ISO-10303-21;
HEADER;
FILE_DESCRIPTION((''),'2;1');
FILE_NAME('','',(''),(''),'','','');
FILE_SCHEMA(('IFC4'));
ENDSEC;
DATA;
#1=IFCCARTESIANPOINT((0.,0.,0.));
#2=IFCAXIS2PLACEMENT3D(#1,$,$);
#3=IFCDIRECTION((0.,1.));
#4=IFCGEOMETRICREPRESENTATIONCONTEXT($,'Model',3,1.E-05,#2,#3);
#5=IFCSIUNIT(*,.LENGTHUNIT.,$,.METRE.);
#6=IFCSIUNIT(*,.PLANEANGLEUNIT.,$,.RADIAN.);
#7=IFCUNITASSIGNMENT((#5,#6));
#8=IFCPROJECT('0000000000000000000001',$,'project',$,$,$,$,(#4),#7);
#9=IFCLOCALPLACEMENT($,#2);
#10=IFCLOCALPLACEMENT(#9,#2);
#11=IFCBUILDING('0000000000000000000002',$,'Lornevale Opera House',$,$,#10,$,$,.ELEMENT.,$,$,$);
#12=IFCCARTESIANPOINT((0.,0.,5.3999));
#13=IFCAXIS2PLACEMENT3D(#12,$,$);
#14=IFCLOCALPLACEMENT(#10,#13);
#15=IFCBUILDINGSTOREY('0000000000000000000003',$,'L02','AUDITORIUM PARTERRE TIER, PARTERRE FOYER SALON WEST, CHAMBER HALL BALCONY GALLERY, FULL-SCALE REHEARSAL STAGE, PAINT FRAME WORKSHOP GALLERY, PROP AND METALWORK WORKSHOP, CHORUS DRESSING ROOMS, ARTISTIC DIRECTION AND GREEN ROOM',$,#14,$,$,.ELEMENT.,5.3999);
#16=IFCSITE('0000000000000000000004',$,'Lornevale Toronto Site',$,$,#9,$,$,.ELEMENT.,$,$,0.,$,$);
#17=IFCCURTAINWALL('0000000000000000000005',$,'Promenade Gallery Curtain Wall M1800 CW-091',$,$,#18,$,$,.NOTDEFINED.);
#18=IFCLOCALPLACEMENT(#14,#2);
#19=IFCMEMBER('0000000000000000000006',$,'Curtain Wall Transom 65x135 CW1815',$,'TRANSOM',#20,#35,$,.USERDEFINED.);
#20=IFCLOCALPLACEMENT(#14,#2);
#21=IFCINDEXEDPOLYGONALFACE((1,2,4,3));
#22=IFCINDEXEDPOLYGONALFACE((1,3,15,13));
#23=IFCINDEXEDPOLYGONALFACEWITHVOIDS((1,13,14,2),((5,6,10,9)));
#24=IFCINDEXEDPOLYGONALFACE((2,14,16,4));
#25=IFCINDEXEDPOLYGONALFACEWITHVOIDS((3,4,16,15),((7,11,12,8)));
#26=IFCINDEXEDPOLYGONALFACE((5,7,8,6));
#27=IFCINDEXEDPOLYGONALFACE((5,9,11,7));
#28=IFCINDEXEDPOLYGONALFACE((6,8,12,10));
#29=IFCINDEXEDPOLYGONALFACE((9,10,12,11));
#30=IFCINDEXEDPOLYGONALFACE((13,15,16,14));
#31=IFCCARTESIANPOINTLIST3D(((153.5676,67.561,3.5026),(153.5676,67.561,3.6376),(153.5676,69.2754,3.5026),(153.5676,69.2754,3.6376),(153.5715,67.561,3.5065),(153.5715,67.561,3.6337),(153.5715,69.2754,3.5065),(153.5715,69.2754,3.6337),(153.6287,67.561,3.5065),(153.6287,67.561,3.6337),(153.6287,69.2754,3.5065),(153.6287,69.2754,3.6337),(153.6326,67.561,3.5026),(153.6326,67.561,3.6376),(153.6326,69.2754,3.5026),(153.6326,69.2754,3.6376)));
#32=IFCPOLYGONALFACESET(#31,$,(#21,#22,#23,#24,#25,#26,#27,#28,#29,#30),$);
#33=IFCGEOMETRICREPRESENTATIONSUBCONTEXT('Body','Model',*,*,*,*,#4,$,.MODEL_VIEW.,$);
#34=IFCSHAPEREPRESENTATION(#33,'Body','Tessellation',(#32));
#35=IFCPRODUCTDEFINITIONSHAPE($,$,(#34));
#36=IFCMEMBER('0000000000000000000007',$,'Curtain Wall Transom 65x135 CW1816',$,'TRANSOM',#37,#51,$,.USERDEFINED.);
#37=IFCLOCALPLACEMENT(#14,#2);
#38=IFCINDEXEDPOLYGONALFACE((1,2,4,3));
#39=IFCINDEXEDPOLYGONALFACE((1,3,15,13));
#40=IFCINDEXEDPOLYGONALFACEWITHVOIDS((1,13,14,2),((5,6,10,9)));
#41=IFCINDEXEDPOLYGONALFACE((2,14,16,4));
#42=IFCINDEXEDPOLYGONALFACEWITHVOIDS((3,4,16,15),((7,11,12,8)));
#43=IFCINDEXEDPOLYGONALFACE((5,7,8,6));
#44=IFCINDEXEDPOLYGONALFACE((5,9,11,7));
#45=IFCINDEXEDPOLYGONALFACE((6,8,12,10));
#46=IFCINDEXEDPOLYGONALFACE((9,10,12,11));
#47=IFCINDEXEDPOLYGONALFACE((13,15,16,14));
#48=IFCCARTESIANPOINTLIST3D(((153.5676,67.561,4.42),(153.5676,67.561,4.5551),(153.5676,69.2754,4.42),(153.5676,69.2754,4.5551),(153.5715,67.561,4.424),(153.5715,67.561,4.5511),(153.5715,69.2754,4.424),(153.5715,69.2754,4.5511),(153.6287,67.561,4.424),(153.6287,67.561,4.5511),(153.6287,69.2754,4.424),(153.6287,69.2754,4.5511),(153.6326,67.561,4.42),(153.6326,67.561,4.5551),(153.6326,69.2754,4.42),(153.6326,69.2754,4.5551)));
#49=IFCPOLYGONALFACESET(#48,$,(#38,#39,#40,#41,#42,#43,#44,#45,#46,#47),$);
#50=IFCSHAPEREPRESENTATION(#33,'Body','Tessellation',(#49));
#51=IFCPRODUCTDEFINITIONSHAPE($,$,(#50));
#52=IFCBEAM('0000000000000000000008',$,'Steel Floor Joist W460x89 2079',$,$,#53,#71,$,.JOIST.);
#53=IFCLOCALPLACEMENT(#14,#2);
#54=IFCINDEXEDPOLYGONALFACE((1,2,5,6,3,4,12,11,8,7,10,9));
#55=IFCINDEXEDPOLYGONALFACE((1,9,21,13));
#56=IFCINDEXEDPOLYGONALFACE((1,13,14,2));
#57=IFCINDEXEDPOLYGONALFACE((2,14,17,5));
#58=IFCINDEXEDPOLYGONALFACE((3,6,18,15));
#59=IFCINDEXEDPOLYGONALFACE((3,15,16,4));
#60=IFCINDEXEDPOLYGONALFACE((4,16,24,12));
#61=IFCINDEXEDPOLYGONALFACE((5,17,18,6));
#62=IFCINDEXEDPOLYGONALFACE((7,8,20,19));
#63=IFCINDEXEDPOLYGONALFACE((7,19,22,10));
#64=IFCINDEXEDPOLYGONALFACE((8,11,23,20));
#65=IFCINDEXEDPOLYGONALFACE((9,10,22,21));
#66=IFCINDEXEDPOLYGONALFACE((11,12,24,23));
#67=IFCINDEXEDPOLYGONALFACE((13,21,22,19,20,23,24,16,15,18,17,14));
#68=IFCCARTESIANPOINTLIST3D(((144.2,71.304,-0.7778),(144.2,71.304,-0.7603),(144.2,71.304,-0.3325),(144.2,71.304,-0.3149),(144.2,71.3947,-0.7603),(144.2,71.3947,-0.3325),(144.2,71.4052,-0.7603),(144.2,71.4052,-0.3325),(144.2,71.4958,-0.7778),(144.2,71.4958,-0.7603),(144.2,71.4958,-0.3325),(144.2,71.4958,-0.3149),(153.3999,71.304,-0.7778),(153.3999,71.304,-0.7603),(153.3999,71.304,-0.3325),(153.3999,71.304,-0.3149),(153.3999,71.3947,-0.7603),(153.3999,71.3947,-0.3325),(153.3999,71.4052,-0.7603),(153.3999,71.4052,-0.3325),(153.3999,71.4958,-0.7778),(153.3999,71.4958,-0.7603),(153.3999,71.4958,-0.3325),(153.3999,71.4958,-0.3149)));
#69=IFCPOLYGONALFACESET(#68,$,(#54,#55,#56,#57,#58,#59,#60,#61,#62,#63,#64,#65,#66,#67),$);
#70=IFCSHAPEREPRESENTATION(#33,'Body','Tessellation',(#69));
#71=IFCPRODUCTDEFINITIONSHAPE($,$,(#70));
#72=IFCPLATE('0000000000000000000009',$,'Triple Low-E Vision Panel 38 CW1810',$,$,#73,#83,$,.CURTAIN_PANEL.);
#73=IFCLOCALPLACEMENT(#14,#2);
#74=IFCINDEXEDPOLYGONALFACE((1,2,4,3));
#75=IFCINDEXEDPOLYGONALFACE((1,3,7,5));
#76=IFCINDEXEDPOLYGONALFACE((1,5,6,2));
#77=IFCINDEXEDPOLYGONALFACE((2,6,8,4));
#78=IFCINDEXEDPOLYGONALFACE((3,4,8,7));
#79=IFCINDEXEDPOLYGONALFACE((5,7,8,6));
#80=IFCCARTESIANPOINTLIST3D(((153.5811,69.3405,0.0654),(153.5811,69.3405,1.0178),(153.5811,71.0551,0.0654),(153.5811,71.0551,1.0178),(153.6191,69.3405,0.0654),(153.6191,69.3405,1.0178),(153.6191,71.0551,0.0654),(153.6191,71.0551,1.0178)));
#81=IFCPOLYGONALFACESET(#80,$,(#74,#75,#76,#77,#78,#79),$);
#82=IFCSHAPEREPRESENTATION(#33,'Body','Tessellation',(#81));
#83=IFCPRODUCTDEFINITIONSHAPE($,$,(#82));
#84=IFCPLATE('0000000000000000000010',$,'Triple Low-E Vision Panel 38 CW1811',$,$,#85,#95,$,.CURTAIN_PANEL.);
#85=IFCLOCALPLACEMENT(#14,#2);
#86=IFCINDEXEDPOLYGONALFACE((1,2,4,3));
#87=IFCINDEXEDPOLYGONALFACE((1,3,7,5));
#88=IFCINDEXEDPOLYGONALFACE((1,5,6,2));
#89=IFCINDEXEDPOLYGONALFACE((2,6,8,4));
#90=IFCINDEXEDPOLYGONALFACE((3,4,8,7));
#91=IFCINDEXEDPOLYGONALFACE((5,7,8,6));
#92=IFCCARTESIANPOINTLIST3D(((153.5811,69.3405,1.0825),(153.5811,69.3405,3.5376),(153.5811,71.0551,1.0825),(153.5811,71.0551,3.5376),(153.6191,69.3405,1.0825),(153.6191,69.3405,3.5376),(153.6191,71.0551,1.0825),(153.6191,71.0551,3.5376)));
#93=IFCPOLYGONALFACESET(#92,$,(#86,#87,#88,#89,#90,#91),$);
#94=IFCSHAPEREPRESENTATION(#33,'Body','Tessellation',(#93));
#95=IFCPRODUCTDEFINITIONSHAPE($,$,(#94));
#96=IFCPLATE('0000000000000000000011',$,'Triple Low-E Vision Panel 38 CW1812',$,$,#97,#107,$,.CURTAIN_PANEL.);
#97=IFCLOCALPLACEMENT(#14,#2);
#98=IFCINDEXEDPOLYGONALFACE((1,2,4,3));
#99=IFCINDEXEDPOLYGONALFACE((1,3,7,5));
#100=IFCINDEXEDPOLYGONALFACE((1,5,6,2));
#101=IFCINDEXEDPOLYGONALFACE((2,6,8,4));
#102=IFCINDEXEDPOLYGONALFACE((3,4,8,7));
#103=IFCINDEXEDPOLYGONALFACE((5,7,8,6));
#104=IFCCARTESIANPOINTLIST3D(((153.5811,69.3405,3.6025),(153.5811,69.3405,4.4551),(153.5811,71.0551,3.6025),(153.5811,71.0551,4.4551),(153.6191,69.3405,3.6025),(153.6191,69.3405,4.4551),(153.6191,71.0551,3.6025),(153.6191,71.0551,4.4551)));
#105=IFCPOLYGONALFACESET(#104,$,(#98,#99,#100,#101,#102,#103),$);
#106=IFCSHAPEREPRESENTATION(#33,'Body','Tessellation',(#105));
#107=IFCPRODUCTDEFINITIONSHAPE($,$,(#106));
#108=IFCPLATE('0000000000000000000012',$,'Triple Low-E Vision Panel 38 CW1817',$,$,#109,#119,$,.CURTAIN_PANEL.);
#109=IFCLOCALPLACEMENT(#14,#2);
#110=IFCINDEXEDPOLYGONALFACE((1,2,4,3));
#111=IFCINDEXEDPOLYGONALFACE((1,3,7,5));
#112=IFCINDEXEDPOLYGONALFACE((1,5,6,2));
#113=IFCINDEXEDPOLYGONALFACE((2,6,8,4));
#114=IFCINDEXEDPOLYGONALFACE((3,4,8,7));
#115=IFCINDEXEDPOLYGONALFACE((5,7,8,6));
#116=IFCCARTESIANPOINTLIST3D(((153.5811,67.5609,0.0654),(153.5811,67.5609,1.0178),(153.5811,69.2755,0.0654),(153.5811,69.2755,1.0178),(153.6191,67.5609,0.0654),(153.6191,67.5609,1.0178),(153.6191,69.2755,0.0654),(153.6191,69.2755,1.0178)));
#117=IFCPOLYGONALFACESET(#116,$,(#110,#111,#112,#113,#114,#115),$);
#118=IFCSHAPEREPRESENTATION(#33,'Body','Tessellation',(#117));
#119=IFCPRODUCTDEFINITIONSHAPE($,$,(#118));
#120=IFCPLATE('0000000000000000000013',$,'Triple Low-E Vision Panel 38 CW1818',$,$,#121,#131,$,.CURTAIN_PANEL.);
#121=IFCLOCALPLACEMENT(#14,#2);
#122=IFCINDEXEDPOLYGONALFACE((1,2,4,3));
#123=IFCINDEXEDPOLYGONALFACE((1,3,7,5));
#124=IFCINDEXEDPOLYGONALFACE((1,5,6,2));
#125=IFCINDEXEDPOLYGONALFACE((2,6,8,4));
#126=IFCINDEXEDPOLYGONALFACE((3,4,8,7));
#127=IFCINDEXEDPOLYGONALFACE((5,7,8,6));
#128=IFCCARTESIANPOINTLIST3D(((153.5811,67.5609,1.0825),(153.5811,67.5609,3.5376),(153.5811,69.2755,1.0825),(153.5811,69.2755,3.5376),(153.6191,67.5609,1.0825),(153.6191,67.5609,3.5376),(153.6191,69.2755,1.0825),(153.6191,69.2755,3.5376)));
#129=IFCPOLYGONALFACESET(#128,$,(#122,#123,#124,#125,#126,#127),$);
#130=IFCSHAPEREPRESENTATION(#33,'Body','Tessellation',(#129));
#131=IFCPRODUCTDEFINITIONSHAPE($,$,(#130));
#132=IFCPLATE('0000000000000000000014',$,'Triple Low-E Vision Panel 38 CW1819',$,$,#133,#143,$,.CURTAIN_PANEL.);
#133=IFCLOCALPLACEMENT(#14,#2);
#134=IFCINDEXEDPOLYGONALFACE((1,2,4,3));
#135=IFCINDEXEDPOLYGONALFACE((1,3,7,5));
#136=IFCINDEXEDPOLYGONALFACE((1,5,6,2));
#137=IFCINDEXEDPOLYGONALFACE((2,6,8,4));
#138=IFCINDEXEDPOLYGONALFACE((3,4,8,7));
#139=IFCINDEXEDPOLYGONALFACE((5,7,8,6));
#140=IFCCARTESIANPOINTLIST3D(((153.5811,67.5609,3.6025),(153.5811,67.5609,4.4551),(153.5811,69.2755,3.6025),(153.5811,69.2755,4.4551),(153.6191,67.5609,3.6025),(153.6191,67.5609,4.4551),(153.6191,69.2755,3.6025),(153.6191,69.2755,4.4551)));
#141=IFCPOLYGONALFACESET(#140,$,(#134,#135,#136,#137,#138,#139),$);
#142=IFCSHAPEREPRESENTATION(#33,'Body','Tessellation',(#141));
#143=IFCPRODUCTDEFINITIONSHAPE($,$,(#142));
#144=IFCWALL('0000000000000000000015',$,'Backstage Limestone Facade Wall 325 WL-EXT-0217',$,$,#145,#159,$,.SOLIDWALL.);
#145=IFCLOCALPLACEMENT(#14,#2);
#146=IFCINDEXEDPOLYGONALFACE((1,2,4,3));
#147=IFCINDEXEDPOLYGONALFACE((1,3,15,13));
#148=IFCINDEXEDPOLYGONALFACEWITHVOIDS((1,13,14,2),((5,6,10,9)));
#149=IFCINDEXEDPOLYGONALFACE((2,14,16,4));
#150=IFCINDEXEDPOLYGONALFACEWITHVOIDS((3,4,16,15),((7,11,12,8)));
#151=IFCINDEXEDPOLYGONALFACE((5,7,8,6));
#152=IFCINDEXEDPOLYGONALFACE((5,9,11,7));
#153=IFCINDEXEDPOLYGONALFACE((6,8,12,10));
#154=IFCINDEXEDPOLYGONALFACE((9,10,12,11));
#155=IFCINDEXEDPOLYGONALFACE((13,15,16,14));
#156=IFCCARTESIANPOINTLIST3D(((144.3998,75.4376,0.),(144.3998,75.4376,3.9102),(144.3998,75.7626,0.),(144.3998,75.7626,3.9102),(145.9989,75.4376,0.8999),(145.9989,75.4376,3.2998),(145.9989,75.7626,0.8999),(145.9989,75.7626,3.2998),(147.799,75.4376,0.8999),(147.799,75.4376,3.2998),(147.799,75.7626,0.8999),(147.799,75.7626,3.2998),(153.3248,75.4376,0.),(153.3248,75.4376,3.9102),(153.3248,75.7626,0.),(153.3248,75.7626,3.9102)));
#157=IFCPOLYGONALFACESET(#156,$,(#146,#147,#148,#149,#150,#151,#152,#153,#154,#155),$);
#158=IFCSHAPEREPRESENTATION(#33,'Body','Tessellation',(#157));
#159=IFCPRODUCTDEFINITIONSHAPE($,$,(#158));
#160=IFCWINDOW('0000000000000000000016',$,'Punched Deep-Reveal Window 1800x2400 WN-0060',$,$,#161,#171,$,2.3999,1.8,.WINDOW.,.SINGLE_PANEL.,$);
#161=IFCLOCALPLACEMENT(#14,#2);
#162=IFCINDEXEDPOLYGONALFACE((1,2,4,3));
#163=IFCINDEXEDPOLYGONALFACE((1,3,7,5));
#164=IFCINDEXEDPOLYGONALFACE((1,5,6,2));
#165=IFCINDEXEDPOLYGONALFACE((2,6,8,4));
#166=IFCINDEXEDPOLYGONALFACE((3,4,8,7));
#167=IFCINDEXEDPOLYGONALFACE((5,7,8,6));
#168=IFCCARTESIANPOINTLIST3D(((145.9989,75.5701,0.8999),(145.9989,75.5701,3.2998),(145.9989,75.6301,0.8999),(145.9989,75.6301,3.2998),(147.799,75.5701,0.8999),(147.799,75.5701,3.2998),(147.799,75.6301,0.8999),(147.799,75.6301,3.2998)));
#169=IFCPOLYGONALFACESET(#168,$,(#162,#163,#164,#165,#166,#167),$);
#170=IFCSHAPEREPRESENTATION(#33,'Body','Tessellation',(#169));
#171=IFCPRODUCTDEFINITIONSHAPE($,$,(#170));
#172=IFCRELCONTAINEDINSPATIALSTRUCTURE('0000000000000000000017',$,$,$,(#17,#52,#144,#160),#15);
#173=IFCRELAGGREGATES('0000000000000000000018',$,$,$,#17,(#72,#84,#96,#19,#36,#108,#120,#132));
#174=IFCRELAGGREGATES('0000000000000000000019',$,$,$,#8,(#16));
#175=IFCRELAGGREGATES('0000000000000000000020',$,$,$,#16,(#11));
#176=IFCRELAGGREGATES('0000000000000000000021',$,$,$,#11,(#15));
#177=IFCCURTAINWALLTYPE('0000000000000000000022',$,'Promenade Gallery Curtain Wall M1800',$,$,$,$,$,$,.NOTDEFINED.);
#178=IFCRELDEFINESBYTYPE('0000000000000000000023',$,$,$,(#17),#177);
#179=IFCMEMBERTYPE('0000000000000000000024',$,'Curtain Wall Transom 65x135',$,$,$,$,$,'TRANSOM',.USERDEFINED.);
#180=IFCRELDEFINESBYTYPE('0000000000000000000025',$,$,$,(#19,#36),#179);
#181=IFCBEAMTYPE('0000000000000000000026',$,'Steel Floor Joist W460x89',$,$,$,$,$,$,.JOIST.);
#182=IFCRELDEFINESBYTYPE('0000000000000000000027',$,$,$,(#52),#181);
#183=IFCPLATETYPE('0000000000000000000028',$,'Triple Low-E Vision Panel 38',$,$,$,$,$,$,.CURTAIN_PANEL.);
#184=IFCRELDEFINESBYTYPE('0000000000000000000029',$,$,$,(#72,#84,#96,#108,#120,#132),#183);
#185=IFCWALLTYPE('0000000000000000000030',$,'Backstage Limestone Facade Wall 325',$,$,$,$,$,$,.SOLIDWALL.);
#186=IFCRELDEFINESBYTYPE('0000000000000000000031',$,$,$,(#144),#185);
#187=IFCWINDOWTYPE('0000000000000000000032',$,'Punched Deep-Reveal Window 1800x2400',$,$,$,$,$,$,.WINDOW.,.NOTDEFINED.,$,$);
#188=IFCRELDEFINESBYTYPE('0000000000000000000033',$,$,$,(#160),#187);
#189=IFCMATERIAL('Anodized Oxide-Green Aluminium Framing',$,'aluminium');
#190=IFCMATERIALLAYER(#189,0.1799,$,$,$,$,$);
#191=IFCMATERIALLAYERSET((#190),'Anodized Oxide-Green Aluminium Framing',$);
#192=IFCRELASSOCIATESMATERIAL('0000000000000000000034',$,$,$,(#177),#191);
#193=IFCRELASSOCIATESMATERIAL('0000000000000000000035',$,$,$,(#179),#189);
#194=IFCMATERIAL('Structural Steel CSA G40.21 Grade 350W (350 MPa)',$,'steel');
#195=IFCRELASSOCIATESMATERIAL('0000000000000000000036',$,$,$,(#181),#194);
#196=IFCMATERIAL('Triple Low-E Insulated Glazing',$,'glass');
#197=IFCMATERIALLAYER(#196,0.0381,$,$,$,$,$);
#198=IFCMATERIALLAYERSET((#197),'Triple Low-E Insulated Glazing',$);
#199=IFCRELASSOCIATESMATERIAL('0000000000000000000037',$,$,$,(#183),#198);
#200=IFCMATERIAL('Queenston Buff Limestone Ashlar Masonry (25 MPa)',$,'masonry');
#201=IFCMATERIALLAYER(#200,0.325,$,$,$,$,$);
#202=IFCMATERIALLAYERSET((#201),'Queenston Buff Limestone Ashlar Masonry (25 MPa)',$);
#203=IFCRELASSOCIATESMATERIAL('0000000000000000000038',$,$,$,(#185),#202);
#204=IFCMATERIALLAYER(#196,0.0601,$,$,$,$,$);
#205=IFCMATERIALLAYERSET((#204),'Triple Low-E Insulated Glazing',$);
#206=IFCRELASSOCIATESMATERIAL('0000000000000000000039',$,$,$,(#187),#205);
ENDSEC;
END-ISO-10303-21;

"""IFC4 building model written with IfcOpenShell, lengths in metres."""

from ifc_helpers import new_model, si_unit, direction, frame, frame_2d, origin, origin_2d, place, context, subcontext, project, spatial, rectangle, hollow_rectangle, i_section, extrude, material, layer, layer_set, material_profile, profile_set, type_object, element, fill, aggregate, save


model = new_model("IFC4")

# Units and contexts
model_context = context("Model", 3, precision=1e-05, world=origin(), true_north=direction((0.0, 1.0)))
body_context = subcontext(model_context, "Body", "Model", "MODEL_VIEW")
ifc_project = project(units=[si_unit("LENGTHUNIT", "METRE"), si_unit("PLANEANGLEUNIT", "RADIAN")], contexts=[model_context])

# Site, building, storey
site_placement = place(None, origin())
site = spatial("IfcSite", under=ifc_project, at=site_placement, Name="Lornevale Toronto Site", CompositionType="ELEMENT", RefElevation=0.0)
building_placement = place(site_placement, origin())
building = spatial("IfcBuilding", under=site, at=building_placement, Name="Lornevale Opera House", CompositionType="ELEMENT")
storey_placement = place(building_placement, frame((0.0, 0.0, 5.3999)))
storey = spatial("IfcBuildingStorey", under=building, at=storey_placement, Name="L02", Description="AUDITORIUM PARTERRE TIER, PARTERRE FOYER SALON WEST, CHAMBER HALL BALCONY GALLERY, FULL-SCALE REHEARSAL STAGE, PAINT FRAME WORKSHOP GALLERY, PROP AND METALWORK WORKSHOP, CHORUS DRESSING ROOMS, ARTISTIC DIRECTION AND GREEN ROOM", CompositionType="ELEMENT", Elevation=5.3999)

# Curtain wall, members
ifc_material_1 = material(Name="Anodized Oxide-Green Aluminium Framing", Category="aluminium")
ifc_layer_1 = layer(ifc_material_1, 0.1799)
ifc_layer_set_1 = layer_set([ifc_layer_1], Name="Anodized Oxide-Green Aluminium Framing")
curtain_wall_type = type_object("IfcCurtainWallType", Name="Promenade Gallery Curtain Wall M1800", PredefinedType="NOTDEFINED", material=ifc_layer_set_1)
curtain_wall_placement = place(storey_placement, origin())
curtain_wall = element("IfcCurtainWall", 1, at=curtain_wall_placement, inside=storey, type_object=curtain_wall_type, Name="Promenade Gallery Curtain Wall M1800 CW-091", PredefinedType="NOTDEFINED")
ifc_material_profile_1 = material_profile(ifc_material_1, hollow_rectangle(XDim=0.0649, YDim=0.135, WallThickness=0.0039, at=origin_2d()), Name="ALU65x135x4")
ifc_profile_set_1 = profile_set([ifc_material_profile_1], Name="Anodized Oxide-Green Aluminium Framing")
member_type_1 = type_object("IfcMemberType", Name="Curtain Wall Transom 65x135", ElementType="TRANSOM", PredefinedType="USERDEFINED", material=ifc_profile_set_1)
member_1_placement = place(storey_placement, frame((153.6001, 69.2754, 3.5701), z_axis=(0.0, -1.0, 0.0), x_axis=(1.0, 0.0, 0.0)))
member_1 = element("IfcMember", 2, at=member_1_placement, type_object=member_type_1, Name="Curtain Wall Transom 65x135 CW1815", ObjectType="TRANSOM", PredefinedType="USERDEFINED", context=body_context, shape_type="SweptSolid", body=[
    extrude(hollow_rectangle(XDim=0.0649, YDim=0.135, WallThickness=0.0039, at=origin_2d()), origin(), (0.0, 0.0, 1.0), 1.7144),
])
member_2_placement = place(storey_placement, frame((153.6001, 69.2754, 4.4875), z_axis=(0.0, -1.0, 0.0), x_axis=(1.0, 0.0, 0.0)))
member_2 = element("IfcMember", 3, at=member_2_placement, type_object=member_type_1, Name="Curtain Wall Transom 65x135 CW1816", ObjectType="TRANSOM", PredefinedType="USERDEFINED", context=body_context, shape_type="SweptSolid", body=[
    extrude(hollow_rectangle(XDim=0.0649, YDim=0.135, WallThickness=0.0039, at=origin_2d()), origin(), (0.0, 0.0, 1.0), 1.7144),
])

# Beam
ifc_material_2 = material(Name="Structural Steel CSA G40.21 Grade 350W (350 MPa)", Category="steel")
ifc_material_profile_2 = material_profile(ifc_material_2, i_section(OverallWidth=0.1919, OverallDepth=0.4629, WebThickness=0.0105, FlangeThickness=0.0176, at=origin_2d()), Name="W460x89")
ifc_profile_set_2 = profile_set([ifc_material_profile_2], Name="Structural Steel CSA G40.21 Grade 350W (350 MPa)")
beam_type_1 = type_object("IfcBeamType", Name="Steel Floor Joist W460x89", PredefinedType="JOIST", material=ifc_profile_set_2)
beam_1_placement = place(storey_placement, frame((144.2, 71.3999, -0.5464), z_axis=(1.0, 0.0, 0.0), x_axis=(0.0, 1.0, 0.0)))
element("IfcBeam", 4, at=beam_1_placement, inside=storey, type_object=beam_type_1, Name="Steel Floor Joist W460x89 2079", PredefinedType="JOIST", context=body_context, shape_type="SweptSolid", body=[
    extrude(i_section(OverallWidth=0.1919, OverallDepth=0.4629, WebThickness=0.0105, FlangeThickness=0.0176, at=origin_2d()), origin(), (0.0, 0.0, 1.0), 9.2),
])

# Plates
ifc_material_3 = material(Name="Triple Low-E Insulated Glazing", Category="glass")
ifc_layer_2 = layer(ifc_material_3, 0.0381)
ifc_layer_set_2 = layer_set([ifc_layer_2], Name="Triple Low-E Insulated Glazing")
plate_type = type_object("IfcPlateType", Name="Triple Low-E Vision Panel 38", PredefinedType="CURTAIN_PANEL", material=ifc_layer_set_2)
plate_1_placement = place(storey_placement, frame((153.6001, 70.1978, 0.0654), z_axis=(0.0, 0.0, 1.0), x_axis=(0.0, -1.0, 0.0)))
plate_1 = element("IfcPlate", 5, at=plate_1_placement, type_object=plate_type, Name="Triple Low-E Vision Panel 38 CW1810", PredefinedType="CURTAIN_PANEL", context=body_context, shape_type="SweptSolid", body=[
    extrude(rectangle(XDim=1.7146, YDim=0.0381, at=origin_2d()), origin(), (0.0, 0.0, 1.0), 0.9524),
])
plate_2_placement = place(storey_placement, frame((153.6001, 70.1978, 1.0825), z_axis=(0.0, 0.0, 1.0), x_axis=(0.0, -1.0, 0.0)))
plate_2 = element("IfcPlate", 6, at=plate_2_placement, type_object=plate_type, Name="Triple Low-E Vision Panel 38 CW1811", PredefinedType="CURTAIN_PANEL", context=body_context, shape_type="SweptSolid", body=[
    extrude(rectangle(XDim=1.7146, YDim=0.0381, at=origin_2d()), origin(), (0.0, 0.0, 1.0), 2.4551),
])
plate_3_placement = place(storey_placement, frame((153.6001, 70.1978, 3.6025), z_axis=(0.0, 0.0, 1.0), x_axis=(0.0, -1.0, 0.0)))
plate_3 = element("IfcPlate", 7, at=plate_3_placement, type_object=plate_type, Name="Triple Low-E Vision Panel 38 CW1812", PredefinedType="CURTAIN_PANEL", context=body_context, shape_type="SweptSolid", body=[
    extrude(rectangle(XDim=1.7146, YDim=0.0381, at=origin_2d()), origin(), (0.0, 0.0, 1.0), 0.8525),
])
plate_4_placement = place(storey_placement, frame((153.6001, 68.4182, 0.0654), z_axis=(0.0, 0.0, 1.0), x_axis=(0.0, -1.0, 0.0)))
plate_4 = element("IfcPlate", 8, at=plate_4_placement, type_object=plate_type, Name="Triple Low-E Vision Panel 38 CW1817", PredefinedType="CURTAIN_PANEL", context=body_context, shape_type="SweptSolid", body=[
    extrude(rectangle(XDim=1.7146, YDim=0.0381, at=origin_2d()), origin(), (0.0, 0.0, 1.0), 0.9524),
])
plate_5_placement = place(storey_placement, frame((153.6001, 68.4182, 1.0825), z_axis=(0.0, 0.0, 1.0), x_axis=(0.0, -1.0, 0.0)))
plate_5 = element("IfcPlate", 9, at=plate_5_placement, type_object=plate_type, Name="Triple Low-E Vision Panel 38 CW1818", PredefinedType="CURTAIN_PANEL", context=body_context, shape_type="SweptSolid", body=[
    extrude(rectangle(XDim=1.7146, YDim=0.0381, at=origin_2d()), origin(), (0.0, 0.0, 1.0), 2.4551),
])
plate_6_placement = place(storey_placement, frame((153.6001, 68.4182, 3.6025), z_axis=(0.0, 0.0, 1.0), x_axis=(0.0, -1.0, 0.0)))
plate_6 = element("IfcPlate", 10, at=plate_6_placement, type_object=plate_type, Name="Triple Low-E Vision Panel 38 CW1819", PredefinedType="CURTAIN_PANEL", context=body_context, shape_type="SweptSolid", body=[
    extrude(rectangle(XDim=1.7146, YDim=0.0381, at=origin_2d()), origin(), (0.0, 0.0, 1.0), 0.8525),
])
aggregate(curtain_wall, [plate_1, plate_2, plate_3, member_1, member_2, plate_4, plate_5, plate_6])

# Wall, opening, window
ifc_material_4 = material(Name="Queenston Buff Limestone Ashlar Masonry (25 MPa)", Category="masonry")
ifc_layer_3 = layer(ifc_material_4, 0.325)
ifc_layer_set_3 = layer_set([ifc_layer_3], Name="Queenston Buff Limestone Ashlar Masonry (25 MPa)")
wall_type = type_object("IfcWallType", Name="Backstage Limestone Facade Wall 325", PredefinedType="SOLIDWALL", material=ifc_layer_set_3)
wall_placement = place(storey_placement, frame((144.3999, 75.6001, 0.0), z_axis=(0.0, 0.0, 1.0), x_axis=(1.0, 0.0, 0.0)))
wall = element("IfcWall", 11, at=wall_placement, inside=storey, type_object=wall_type, Name="Backstage Limestone Facade Wall 325 WL-EXT-0217", PredefinedType="SOLIDWALL", context=body_context, shape_type="SweptSolid", body=[
    extrude(rectangle(XDim=8.925, YDim=0.325, at=frame_2d((4.4624, 0.0))), origin(), (0.0, 0.0, 1.0), 3.9102),
])
opening_placement = place(wall_placement, frame((1.5991, 0.0, 0.8999)))
opening = element("IfcOpeningElement", 12, at=opening_placement, cuts=wall, PredefinedType="OPENING", context=body_context, shape_type="SweptSolid", body=[
    extrude(rectangle(XDim=1.8, YDim=2.3999, at=frame_2d((0.8999, 1.2))), frame((0.0, 0.1724, 0.0), z_axis=(0.0, -1.0, 0.0), x_axis=(1.0, 0.0, 0.0)), (0.0, 0.0, 1.0), 0.345),
])
ifc_layer_4 = layer(ifc_material_3, 0.0601)
ifc_layer_set_4 = layer_set([ifc_layer_4], Name="Triple Low-E Insulated Glazing")
window_type = type_object("IfcWindowType", Name="Punched Deep-Reveal Window 1800x2400", PartitioningType="NOTDEFINED", PredefinedType="WINDOW", material=ifc_layer_set_4)
window_placement = place(opening_placement, origin())
window = element("IfcWindow", 13, at=window_placement, inside=storey, type_object=window_type, Name="Punched Deep-Reveal Window 1800x2400 WN-0060", OverallHeight=2.3999, OverallWidth=1.8, PartitioningType="SINGLE_PANEL", PredefinedType="WINDOW", context=body_context, shape_type="SweptSolid", body=[
    extrude(rectangle(XDim=1.8, YDim=2.3999, at=frame_2d((0.8999, 1.2))), frame((0.0, 0.03, 0.0), z_axis=(0.0, -1.0, 0.0), x_axis=(1.0, 0.0, 0.0)), (0.0, 0.0, 1.0), 0.0601),
])
fill(opening, window)

save(model, "model.ifc")
